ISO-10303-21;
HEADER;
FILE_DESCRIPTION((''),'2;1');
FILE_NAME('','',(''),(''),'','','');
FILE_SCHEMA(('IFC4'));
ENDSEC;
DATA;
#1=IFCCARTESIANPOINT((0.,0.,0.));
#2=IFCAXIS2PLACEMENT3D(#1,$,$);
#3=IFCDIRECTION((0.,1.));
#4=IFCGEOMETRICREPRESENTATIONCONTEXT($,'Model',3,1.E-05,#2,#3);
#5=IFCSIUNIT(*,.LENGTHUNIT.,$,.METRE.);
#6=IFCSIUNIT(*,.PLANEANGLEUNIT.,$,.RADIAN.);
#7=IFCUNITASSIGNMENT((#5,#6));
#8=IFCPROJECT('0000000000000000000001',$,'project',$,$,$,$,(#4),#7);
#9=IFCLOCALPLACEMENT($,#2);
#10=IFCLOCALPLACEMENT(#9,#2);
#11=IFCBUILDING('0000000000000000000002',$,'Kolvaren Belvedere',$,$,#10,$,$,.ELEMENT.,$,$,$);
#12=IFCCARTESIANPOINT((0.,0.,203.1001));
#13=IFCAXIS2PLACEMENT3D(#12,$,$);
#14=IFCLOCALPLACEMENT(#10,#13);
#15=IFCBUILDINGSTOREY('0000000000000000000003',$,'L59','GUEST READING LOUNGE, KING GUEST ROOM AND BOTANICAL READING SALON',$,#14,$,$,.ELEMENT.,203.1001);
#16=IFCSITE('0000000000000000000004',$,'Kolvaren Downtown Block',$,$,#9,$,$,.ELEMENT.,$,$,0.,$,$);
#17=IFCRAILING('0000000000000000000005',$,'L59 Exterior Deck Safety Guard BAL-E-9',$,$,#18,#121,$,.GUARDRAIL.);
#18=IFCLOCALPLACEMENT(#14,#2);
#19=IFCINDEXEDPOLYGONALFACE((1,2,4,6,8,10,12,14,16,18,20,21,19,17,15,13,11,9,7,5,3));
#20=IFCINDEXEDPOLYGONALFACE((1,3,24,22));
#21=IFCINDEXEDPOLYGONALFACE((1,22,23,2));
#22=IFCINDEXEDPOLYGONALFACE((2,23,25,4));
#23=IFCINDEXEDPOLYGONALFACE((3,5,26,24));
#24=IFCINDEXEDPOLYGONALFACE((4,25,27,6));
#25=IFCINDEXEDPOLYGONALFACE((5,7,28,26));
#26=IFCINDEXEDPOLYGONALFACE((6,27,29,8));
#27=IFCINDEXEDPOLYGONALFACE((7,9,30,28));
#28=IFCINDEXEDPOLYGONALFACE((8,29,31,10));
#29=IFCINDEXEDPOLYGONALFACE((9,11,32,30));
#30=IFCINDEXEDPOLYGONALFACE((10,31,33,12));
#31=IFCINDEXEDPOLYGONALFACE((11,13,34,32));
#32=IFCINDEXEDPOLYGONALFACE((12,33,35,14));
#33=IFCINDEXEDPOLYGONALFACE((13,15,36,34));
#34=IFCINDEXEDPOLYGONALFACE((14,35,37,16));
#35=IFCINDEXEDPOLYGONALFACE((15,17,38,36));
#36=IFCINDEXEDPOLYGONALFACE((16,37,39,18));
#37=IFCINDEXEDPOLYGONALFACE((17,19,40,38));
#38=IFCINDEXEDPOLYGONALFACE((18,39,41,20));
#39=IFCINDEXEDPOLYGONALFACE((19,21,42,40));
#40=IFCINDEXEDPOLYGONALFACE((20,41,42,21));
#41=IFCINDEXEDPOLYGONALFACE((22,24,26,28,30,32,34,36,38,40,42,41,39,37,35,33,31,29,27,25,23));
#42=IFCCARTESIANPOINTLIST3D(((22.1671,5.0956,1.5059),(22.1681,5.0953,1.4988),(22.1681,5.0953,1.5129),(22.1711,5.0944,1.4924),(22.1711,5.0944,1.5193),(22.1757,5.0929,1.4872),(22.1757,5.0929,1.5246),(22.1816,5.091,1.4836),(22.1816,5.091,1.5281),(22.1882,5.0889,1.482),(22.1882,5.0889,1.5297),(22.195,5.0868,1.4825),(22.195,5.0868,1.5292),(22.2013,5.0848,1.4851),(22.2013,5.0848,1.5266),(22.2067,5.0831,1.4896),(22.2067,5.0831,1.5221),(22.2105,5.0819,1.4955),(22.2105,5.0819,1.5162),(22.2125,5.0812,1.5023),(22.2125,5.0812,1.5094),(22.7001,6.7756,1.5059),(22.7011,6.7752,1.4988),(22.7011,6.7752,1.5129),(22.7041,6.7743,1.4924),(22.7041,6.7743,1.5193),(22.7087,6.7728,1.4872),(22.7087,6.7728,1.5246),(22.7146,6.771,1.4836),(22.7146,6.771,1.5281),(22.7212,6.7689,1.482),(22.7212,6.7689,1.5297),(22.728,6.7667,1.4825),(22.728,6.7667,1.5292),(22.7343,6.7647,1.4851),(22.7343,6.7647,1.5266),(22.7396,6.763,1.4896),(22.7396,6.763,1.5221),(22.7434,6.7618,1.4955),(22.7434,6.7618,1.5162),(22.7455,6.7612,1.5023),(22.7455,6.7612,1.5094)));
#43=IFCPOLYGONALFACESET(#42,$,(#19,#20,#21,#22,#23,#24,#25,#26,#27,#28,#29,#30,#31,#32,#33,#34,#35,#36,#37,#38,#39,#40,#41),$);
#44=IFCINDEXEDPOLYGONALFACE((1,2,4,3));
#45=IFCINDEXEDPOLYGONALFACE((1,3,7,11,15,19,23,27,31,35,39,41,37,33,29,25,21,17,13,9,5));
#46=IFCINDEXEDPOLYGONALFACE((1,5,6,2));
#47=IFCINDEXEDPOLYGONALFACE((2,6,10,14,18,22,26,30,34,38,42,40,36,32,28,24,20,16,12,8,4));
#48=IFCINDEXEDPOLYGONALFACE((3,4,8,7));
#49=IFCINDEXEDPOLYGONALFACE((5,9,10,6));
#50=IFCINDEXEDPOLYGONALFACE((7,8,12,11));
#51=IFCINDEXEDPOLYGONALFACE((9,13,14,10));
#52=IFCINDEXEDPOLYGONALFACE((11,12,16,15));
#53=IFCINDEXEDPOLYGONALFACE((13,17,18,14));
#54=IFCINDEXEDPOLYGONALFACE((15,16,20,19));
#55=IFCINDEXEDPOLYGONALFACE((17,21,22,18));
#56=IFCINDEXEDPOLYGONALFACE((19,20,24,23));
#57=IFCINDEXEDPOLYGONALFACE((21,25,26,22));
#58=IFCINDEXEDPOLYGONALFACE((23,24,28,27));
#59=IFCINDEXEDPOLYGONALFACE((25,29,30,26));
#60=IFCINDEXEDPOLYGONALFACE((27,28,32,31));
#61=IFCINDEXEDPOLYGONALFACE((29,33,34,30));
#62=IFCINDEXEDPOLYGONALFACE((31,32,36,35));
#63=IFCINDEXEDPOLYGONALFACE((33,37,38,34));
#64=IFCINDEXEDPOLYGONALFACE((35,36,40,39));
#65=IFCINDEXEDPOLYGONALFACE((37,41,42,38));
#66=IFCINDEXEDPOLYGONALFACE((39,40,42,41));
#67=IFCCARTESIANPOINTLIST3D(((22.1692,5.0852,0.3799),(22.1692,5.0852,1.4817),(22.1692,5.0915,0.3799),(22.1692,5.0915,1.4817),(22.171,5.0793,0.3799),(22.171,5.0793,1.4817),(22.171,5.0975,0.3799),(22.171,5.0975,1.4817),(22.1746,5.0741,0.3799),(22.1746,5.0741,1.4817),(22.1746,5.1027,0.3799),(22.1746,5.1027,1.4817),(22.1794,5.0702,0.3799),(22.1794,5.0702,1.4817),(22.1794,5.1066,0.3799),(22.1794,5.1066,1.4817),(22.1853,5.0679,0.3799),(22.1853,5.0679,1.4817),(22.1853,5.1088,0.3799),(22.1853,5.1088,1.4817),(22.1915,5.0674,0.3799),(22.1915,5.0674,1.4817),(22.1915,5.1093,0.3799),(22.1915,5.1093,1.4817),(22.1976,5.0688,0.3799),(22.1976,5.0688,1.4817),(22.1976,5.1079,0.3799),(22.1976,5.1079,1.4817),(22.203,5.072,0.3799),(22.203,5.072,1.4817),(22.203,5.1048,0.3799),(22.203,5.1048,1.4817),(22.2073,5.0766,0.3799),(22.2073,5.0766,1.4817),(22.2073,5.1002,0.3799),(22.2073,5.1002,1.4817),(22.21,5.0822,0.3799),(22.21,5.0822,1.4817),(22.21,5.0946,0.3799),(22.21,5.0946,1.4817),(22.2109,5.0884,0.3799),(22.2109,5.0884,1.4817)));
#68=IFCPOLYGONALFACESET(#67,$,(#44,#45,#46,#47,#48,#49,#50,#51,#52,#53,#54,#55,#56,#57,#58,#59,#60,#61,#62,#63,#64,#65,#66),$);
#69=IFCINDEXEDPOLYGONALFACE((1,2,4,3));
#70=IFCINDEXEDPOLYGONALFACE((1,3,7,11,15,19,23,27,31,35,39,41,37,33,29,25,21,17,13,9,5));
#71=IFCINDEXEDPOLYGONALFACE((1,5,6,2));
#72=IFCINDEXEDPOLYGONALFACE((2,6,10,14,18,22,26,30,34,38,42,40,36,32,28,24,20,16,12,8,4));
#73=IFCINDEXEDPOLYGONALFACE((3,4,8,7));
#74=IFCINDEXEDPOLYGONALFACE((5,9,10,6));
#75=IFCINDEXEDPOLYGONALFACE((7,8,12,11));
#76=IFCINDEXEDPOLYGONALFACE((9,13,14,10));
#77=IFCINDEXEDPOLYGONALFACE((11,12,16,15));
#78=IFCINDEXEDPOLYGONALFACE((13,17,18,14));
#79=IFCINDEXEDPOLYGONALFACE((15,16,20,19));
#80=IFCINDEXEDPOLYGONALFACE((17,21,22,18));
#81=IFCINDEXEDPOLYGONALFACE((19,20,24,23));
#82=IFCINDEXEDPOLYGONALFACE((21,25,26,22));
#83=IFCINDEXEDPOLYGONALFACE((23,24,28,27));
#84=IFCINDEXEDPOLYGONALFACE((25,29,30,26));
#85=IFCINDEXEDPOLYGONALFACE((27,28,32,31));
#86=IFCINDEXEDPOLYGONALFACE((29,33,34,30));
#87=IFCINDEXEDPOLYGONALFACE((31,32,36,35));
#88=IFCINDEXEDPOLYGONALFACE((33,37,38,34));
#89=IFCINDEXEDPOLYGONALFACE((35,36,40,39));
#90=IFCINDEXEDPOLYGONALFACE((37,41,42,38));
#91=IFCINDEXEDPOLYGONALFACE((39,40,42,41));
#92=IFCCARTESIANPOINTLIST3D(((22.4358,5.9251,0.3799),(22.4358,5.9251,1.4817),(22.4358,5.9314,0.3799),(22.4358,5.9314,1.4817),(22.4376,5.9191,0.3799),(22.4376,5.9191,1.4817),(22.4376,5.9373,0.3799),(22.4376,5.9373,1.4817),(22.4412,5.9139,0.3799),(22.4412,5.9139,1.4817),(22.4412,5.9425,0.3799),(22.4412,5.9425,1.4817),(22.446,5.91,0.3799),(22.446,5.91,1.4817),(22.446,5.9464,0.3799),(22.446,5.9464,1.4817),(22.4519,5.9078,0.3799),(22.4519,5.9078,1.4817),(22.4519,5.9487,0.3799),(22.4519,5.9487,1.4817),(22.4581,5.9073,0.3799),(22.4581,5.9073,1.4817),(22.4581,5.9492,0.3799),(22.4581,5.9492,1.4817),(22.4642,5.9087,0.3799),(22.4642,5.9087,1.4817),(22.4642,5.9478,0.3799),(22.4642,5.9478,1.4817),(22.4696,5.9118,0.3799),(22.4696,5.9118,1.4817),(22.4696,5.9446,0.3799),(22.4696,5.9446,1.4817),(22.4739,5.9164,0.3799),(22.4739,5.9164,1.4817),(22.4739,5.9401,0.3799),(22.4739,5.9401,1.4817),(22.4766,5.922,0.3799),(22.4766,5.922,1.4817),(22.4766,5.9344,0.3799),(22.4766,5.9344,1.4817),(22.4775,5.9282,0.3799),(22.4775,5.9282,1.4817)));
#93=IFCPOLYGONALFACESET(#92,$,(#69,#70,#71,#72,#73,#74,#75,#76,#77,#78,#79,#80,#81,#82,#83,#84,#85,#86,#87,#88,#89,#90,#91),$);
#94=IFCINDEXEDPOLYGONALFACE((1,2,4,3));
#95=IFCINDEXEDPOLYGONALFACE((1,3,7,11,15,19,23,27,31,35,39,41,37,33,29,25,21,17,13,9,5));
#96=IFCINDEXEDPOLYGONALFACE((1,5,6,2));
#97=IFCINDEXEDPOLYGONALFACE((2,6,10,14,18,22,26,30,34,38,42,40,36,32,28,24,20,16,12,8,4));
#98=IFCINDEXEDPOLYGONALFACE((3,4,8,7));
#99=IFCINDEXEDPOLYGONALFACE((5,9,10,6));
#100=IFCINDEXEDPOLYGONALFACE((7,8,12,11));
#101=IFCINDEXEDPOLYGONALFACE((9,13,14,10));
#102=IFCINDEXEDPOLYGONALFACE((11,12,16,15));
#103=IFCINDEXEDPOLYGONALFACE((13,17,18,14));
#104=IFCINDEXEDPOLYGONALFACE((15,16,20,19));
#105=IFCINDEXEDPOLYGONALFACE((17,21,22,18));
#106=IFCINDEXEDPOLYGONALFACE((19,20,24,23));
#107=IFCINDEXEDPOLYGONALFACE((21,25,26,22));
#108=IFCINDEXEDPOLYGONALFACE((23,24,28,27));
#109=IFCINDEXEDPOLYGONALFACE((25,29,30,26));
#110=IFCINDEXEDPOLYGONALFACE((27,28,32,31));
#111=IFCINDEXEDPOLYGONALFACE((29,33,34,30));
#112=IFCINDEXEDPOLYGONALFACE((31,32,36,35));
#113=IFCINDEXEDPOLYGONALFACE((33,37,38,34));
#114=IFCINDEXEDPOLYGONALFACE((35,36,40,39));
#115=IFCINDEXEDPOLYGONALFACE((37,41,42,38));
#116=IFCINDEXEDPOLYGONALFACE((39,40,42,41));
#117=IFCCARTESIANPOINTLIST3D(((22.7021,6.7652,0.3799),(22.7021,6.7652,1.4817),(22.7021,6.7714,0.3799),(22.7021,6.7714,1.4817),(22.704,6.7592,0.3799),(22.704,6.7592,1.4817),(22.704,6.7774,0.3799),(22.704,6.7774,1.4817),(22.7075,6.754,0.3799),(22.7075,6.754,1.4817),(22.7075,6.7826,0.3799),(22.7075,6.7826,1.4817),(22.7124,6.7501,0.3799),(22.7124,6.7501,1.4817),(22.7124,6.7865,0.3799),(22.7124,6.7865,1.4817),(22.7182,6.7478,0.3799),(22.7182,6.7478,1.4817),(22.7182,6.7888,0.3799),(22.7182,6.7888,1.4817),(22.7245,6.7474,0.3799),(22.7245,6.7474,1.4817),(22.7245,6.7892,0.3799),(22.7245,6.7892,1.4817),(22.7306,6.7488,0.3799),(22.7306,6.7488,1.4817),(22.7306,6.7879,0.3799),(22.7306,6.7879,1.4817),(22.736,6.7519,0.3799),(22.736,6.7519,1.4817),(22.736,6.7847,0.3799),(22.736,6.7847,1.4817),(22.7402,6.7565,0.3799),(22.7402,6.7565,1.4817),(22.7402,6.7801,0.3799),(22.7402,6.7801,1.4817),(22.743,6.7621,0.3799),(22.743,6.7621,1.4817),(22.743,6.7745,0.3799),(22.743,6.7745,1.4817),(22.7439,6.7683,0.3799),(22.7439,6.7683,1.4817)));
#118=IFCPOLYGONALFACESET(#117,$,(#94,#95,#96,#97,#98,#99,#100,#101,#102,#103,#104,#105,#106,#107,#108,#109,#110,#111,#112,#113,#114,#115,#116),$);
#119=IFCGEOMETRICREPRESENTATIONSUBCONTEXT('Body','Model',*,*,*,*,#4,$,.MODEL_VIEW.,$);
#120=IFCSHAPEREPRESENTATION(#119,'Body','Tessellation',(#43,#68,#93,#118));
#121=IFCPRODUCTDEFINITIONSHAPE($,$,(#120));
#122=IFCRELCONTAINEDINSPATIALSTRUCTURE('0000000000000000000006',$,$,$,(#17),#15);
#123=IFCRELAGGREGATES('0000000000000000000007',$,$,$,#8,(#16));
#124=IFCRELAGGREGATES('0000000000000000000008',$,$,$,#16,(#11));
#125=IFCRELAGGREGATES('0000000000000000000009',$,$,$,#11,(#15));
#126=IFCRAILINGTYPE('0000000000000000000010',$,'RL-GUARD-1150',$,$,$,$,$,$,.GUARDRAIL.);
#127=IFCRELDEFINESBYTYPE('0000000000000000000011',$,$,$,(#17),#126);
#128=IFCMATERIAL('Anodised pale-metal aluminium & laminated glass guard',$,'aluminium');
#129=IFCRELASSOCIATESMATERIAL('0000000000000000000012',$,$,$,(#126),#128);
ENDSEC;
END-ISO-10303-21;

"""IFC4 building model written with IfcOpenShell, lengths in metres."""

from ifc_helpers import new_model, si_unit, direction, frame, origin, origin_2d, place, context, subcontext, project, spatial, circle, extrude, material, type_object, element, save


model = new_model("IFC4")

# Units and contexts
model_context = context("Model", 3, precision=1e-05, world=origin(), true_north=direction((0.0, 1.0)))
body_context = subcontext(model_context, "Body", "Model", "MODEL_VIEW")
ifc_project = project(units=[si_unit("LENGTHUNIT", "METRE"), si_unit("PLANEANGLEUNIT", "RADIAN")], contexts=[model_context])

# Site, building, storey
site_placement = place(None, origin())
site = spatial("IfcSite", under=ifc_project, at=site_placement, Name="Kolvaren Downtown Block", CompositionType="ELEMENT", RefElevation=0.0)
building_placement = place(site_placement, origin())
building = spatial("IfcBuilding", under=site, at=building_placement, Name="Kolvaren Belvedere", CompositionType="ELEMENT")
storey_placement = place(building_placement, frame((0.0, 0.0, 203.1001)))
storey = spatial("IfcBuildingStorey", under=building, at=storey_placement, Name="L59", Description="GUEST READING LOUNGE, KING GUEST ROOM AND BOTANICAL READING SALON", CompositionType="ELEMENT", Elevation=203.1001)

# Railing
ifc_material_1 = material(Name="Anodised pale-metal aluminium & laminated glass guard", Category="aluminium")
railing_type = type_object("IfcRailingType", Name="RL-GUARD-1150", PredefinedType="GUARDRAIL", material=ifc_material_1)
railing_1_placement = place(storey_placement, frame((22.1899, 5.0884, 0.3799)))
element("IfcRailing", 1, at=railing_1_placement, inside=storey, type_object=railing_type, Name="L59 Exterior Deck Safety Guard BAL-E-9", PredefinedType="GUARDRAIL", context=body_context, shape_type="SweptSolid", body=[
    extrude(circle(Radius=0.0239, at=origin_2d()), frame((0.0, 0.0, 1.126), z_axis=(0.302397, 0.953182, 0.0), x_axis=(-0.953182, 0.302397, 0.0)), (0.0, 0.0, 1.0), 1.7625),
    extrude(circle(Radius=0.021, at=origin_2d()), origin(), (0.0, 0.0, 1.0), 1.1018),
    extrude(circle(Radius=0.021, at=origin_2d()), frame((0.2666, 0.8398, 0.0)), (0.0, 0.0, 1.0), 1.1018),
    extrude(circle(Radius=0.021, at=origin_2d()), frame((0.533, 1.6799, 0.0)), (0.0, 0.0, 1.0), 1.1018),
])

save(model, "model.ifc")
